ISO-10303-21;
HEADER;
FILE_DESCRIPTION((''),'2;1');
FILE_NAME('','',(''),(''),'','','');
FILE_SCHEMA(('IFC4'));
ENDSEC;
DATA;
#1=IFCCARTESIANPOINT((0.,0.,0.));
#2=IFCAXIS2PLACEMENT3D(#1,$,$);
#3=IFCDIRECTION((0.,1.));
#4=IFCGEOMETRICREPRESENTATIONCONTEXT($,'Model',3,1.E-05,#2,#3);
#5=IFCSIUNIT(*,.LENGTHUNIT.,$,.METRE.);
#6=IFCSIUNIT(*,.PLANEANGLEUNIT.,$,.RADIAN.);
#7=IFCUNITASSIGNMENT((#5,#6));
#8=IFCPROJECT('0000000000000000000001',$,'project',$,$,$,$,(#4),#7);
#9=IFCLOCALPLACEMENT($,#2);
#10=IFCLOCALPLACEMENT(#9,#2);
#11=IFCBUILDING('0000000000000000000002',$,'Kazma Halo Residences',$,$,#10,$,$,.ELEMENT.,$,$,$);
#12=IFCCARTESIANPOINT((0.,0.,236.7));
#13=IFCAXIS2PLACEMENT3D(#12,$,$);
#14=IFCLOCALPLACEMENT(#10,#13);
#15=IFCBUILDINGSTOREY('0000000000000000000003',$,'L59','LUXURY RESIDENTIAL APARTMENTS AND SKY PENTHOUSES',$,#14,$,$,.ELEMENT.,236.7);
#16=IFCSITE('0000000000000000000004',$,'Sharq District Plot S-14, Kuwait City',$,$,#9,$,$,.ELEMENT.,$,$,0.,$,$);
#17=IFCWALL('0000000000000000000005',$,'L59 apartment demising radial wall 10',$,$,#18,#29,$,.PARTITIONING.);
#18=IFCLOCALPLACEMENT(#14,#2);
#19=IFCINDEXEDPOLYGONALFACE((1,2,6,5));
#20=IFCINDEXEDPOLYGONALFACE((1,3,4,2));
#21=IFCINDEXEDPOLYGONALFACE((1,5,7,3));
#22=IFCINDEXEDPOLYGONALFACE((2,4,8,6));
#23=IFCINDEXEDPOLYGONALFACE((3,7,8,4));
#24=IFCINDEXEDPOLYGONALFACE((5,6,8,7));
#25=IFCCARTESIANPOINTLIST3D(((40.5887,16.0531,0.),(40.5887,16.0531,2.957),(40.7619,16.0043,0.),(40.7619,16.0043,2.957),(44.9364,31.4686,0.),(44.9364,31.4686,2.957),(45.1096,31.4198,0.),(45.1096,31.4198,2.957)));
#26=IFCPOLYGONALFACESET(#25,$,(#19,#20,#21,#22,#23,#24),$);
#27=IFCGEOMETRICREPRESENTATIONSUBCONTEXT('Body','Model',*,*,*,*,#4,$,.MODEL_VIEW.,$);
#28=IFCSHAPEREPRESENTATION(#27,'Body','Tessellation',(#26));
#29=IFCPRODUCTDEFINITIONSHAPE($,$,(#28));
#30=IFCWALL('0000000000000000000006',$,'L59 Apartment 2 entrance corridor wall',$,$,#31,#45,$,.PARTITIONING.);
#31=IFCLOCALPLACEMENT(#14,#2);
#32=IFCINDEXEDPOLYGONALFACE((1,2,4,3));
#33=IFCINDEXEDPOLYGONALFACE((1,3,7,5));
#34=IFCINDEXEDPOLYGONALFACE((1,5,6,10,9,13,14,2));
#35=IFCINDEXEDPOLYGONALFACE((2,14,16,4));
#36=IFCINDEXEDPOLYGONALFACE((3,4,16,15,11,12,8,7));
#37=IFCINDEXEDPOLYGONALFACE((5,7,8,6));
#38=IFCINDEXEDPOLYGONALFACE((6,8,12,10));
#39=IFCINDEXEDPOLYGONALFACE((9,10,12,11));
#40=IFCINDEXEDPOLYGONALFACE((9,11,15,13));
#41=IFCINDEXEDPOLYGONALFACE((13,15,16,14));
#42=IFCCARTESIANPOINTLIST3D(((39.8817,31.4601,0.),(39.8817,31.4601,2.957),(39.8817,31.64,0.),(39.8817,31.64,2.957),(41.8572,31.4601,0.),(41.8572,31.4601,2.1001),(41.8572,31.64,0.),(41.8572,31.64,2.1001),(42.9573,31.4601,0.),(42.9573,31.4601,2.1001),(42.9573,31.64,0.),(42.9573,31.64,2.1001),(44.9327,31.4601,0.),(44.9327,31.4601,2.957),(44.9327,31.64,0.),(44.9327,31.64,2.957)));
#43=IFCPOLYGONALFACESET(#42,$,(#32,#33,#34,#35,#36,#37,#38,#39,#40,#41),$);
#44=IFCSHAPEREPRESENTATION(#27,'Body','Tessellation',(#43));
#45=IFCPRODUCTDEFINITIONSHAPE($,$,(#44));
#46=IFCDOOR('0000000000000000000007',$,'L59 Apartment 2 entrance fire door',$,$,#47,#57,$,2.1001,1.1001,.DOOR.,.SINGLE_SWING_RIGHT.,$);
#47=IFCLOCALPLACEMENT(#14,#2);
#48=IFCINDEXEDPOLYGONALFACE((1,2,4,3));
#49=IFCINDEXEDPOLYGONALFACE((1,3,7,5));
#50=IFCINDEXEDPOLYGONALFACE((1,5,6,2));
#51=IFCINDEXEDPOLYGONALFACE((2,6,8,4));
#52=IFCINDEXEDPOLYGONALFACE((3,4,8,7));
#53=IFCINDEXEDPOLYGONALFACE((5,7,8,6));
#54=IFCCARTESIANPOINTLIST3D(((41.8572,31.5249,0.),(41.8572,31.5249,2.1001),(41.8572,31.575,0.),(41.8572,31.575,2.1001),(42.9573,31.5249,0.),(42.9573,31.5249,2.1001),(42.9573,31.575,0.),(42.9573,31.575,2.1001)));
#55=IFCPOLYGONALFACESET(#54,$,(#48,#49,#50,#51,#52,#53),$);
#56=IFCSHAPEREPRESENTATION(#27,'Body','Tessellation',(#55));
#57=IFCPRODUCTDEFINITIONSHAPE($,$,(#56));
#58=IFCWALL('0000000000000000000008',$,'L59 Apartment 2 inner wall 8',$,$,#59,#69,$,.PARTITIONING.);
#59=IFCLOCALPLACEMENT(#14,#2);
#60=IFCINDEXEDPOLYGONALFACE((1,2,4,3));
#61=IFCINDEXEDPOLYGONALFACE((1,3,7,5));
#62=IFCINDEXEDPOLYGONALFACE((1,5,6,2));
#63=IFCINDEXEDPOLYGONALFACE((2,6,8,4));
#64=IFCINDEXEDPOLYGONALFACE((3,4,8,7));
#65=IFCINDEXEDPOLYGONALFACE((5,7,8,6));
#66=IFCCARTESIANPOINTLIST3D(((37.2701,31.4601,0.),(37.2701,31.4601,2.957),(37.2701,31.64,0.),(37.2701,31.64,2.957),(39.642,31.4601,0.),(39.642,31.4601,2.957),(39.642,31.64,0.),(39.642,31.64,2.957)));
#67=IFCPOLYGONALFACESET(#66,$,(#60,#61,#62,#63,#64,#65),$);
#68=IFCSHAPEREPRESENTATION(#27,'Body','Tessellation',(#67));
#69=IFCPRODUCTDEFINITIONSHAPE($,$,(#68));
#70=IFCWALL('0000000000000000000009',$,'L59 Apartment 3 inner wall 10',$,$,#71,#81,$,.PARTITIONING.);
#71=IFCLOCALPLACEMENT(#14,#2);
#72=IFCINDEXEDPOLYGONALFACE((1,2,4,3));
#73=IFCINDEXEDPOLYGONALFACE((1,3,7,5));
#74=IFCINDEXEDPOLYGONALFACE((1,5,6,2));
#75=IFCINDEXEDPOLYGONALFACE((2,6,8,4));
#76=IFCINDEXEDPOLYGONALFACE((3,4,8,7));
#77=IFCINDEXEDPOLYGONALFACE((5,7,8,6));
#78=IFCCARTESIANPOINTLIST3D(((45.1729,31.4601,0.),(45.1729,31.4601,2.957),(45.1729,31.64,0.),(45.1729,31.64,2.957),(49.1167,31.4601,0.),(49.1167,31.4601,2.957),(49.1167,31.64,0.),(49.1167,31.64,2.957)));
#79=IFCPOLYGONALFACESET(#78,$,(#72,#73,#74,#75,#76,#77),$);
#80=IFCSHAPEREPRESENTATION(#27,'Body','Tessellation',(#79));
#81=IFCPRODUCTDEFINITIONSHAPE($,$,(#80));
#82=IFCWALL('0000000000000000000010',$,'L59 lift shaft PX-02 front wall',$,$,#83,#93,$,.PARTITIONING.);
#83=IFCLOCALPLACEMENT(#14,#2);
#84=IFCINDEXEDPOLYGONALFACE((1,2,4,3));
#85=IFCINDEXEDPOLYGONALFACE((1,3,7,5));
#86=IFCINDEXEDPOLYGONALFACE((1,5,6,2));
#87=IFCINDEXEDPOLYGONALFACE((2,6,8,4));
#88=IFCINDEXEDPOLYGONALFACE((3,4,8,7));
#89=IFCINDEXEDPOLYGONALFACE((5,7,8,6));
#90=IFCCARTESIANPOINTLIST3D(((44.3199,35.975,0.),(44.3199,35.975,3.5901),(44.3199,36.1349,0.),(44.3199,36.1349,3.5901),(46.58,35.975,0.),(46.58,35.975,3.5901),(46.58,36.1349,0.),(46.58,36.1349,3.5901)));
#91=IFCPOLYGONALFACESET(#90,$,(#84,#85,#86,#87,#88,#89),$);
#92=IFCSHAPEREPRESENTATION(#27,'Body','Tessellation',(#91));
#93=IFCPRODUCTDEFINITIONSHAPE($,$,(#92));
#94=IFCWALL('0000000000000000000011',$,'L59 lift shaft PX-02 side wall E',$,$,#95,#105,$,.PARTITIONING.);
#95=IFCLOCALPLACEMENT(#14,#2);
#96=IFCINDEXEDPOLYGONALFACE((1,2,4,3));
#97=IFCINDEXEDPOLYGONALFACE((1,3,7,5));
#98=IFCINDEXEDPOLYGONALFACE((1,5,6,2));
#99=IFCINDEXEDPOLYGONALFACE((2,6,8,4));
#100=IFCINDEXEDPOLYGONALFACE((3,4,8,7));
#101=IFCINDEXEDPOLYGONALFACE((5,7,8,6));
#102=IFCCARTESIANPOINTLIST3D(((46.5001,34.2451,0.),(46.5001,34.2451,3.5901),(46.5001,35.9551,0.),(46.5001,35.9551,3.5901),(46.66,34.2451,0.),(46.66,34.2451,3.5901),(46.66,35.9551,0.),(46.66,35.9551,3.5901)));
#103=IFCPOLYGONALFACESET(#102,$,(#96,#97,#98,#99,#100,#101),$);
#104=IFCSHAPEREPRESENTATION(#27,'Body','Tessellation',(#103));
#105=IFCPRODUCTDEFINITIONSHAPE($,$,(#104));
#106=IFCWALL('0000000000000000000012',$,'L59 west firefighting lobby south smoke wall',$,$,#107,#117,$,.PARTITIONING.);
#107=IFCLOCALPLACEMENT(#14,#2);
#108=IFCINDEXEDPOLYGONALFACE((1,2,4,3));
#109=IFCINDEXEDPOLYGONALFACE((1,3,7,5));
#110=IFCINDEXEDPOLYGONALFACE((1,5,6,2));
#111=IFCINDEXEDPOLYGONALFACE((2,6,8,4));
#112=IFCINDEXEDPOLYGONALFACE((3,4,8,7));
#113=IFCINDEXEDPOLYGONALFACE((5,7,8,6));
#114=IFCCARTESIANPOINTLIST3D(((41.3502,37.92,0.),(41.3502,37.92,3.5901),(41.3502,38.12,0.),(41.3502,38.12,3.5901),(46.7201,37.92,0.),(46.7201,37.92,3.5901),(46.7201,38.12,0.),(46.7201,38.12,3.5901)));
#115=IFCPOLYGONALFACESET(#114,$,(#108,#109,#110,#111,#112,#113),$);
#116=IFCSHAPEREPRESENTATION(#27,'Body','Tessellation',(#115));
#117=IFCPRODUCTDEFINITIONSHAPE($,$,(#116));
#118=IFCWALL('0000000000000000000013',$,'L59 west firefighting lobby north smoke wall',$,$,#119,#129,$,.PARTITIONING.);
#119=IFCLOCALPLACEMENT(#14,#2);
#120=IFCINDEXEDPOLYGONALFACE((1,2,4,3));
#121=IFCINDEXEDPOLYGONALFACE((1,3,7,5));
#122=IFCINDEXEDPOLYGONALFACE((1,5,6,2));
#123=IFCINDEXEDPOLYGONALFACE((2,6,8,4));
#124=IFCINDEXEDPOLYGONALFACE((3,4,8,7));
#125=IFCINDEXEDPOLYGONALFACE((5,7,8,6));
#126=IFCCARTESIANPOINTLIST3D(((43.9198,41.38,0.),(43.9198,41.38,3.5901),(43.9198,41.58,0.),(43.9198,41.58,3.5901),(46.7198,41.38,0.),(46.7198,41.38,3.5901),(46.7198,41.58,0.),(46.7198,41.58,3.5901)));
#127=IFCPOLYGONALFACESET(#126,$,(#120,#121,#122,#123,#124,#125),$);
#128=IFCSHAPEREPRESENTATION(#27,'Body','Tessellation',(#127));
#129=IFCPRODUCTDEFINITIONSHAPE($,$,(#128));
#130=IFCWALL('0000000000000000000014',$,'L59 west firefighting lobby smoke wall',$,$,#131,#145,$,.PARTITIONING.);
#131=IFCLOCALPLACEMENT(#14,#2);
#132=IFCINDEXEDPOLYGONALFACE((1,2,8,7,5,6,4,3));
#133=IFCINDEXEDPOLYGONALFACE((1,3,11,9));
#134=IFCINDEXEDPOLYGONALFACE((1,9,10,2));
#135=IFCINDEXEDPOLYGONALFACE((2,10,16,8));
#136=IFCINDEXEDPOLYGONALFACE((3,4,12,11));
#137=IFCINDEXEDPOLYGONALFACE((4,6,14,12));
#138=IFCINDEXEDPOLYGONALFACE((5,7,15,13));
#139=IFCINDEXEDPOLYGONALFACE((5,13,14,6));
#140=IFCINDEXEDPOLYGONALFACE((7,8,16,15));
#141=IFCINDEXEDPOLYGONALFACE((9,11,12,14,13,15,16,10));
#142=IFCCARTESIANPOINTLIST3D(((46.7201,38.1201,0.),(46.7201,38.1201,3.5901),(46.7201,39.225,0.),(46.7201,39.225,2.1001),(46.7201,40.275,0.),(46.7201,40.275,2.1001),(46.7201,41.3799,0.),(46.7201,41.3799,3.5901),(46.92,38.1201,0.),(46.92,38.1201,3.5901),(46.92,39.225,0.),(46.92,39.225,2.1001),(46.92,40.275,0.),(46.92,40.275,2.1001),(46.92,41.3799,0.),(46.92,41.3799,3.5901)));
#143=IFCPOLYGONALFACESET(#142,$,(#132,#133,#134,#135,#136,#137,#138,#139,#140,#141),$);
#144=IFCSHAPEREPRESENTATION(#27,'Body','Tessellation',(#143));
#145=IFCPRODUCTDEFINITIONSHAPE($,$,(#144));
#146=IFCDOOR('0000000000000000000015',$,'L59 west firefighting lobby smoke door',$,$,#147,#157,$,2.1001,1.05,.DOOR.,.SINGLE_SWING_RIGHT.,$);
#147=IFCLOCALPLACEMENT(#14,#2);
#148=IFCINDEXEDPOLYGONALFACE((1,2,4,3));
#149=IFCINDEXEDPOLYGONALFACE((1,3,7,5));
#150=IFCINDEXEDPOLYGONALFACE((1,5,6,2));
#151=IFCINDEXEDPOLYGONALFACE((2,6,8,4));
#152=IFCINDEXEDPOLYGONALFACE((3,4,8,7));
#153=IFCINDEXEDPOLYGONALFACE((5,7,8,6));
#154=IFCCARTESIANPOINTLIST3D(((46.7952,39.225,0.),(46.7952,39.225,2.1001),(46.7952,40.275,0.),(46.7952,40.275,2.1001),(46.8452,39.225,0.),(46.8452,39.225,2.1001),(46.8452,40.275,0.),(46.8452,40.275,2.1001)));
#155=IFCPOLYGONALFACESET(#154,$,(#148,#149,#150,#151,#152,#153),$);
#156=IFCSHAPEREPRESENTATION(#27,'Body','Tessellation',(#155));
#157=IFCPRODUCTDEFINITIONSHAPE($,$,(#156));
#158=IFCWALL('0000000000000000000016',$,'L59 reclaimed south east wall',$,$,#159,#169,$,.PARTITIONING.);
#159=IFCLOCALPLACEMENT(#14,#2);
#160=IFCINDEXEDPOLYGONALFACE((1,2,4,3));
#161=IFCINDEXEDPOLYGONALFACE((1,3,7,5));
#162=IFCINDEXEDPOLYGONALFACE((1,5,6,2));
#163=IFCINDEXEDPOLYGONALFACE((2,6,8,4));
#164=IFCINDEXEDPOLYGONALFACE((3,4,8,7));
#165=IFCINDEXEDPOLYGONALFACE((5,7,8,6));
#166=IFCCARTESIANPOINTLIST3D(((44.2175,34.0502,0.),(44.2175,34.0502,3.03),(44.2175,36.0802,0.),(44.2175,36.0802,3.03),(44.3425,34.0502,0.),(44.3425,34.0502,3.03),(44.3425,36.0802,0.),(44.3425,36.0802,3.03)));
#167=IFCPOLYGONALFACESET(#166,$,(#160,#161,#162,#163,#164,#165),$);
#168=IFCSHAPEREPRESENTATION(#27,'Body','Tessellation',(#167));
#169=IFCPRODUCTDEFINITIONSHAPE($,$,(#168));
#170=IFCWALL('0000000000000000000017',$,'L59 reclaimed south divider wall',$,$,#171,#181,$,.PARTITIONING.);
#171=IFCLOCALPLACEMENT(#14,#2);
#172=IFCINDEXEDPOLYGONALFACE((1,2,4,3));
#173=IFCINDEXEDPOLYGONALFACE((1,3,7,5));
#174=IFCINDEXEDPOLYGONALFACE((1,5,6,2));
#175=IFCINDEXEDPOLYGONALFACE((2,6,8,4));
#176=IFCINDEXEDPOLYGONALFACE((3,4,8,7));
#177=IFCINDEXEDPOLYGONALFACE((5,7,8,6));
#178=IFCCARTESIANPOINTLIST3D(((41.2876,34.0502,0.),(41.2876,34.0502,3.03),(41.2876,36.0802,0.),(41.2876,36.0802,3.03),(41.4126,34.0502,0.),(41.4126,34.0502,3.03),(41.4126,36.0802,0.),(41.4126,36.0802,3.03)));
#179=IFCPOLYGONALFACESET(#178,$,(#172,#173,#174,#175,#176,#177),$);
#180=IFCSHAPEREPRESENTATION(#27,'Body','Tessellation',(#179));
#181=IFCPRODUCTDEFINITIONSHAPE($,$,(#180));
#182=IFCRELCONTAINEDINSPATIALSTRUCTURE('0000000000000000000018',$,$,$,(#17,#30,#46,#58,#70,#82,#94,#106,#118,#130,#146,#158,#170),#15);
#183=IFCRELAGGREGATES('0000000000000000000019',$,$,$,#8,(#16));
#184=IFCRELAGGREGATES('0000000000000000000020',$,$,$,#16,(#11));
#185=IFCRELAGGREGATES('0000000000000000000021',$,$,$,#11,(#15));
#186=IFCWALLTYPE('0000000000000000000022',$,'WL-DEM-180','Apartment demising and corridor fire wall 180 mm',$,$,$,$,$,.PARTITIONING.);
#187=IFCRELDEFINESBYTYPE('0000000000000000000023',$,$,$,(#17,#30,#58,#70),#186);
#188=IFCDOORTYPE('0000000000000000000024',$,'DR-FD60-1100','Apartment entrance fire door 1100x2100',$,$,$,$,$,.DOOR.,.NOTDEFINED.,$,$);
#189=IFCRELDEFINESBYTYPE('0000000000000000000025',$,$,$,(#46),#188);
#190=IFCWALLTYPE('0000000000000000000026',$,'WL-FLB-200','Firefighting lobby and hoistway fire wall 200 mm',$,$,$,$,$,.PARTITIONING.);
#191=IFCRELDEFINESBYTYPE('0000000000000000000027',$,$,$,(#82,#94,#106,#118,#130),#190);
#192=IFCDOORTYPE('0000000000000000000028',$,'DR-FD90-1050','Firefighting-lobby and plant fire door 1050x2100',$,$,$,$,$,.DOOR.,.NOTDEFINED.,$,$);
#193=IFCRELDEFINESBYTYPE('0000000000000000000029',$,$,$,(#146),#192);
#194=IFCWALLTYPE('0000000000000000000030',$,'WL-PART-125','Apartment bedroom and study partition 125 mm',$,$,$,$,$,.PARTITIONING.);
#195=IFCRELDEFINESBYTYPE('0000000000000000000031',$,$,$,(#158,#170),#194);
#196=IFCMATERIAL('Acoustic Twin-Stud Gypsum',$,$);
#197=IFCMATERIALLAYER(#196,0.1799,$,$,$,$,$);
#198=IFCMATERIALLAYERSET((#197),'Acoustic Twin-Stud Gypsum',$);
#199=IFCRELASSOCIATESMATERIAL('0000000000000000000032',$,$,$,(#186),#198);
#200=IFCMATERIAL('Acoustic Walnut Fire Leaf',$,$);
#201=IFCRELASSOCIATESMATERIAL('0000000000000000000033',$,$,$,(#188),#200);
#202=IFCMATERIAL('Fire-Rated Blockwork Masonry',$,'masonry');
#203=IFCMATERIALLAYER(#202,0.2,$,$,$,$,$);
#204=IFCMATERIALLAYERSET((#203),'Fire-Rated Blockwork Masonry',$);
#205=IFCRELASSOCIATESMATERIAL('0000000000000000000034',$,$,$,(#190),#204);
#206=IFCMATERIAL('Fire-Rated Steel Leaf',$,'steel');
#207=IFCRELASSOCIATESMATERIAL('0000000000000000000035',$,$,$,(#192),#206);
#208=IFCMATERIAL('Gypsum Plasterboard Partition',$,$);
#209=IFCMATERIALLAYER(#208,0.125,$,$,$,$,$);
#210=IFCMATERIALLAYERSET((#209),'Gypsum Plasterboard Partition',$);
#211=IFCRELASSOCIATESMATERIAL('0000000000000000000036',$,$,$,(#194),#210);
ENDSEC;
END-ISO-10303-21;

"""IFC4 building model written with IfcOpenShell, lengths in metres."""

from ifc_helpers import new_model, si_unit, direction, frame, frame_2d, origin, place, context, subcontext, project, spatial, rectangle, extrude, material, layer, layer_set, type_object, element, fill, save


model = new_model("IFC4")

# Units and contexts
model_context = context("Model", 3, precision=1e-05, world=origin(), true_north=direction((0.0, 1.0)))
body_context = subcontext(model_context, "Body", "Model", "MODEL_VIEW")
ifc_project = project(units=[si_unit("LENGTHUNIT", "METRE"), si_unit("PLANEANGLEUNIT", "RADIAN")], contexts=[model_context])

# Site, building, storey
site_placement = place(None, origin())
site = spatial("IfcSite", under=ifc_project, at=site_placement, Name="Sharq District Plot S-14, Kuwait City", CompositionType="ELEMENT", RefElevation=0.0)
building_placement = place(site_placement, origin())
building = spatial("IfcBuilding", under=site, at=building_placement, Name="Kazma Halo Residences", CompositionType="ELEMENT")
storey_placement = place(building_placement, frame((0.0, 0.0, 236.7)))
storey = spatial("IfcBuildingStorey", under=building, at=storey_placement, Name="L59", Description="LUXURY RESIDENTIAL APARTMENTS AND SKY PENTHOUSES", CompositionType="ELEMENT", Elevation=236.7)

# Wall
ifc_material_1 = material(Name="Acoustic Twin-Stud Gypsum")
ifc_layer_1 = layer(ifc_material_1, 0.1799)
ifc_layer_set_1 = layer_set([ifc_layer_1], Name="Acoustic Twin-Stud Gypsum")
wall_type_1 = type_object("IfcWallType", Name="WL-DEM-180", Description="Apartment demising and corridor fire wall 180 mm", PredefinedType="PARTITIONING", material=ifc_layer_set_1)
wall_1_placement = place(storey_placement, frame((45.0229, 31.4441, 0.0), z_axis=(0.0, 0.0, 1.0), x_axis=(-0.271442, -0.962455, 0.0)))
element("IfcWall", 1, at=wall_1_placement, inside=storey, type_object=wall_type_1, Name="L59 apartment demising radial wall 10", PredefinedType="PARTITIONING", context=body_context, shape_type="SweptSolid", body=[
    extrude(rectangle(XDim=16.0168, YDim=0.1799, at=frame_2d((8.0083, 0.0))), origin(), (0.0, 0.0, 1.0), 2.957),
])

# Wall, opening, door
wall_2_placement = place(storey_placement, frame((39.8818, 31.55, 0.0), z_axis=(0.0, 0.0, 1.0), x_axis=(1.0, 0.0, 0.0)))
wall_2 = element("IfcWall", 2, at=wall_2_placement, inside=storey, type_object=wall_type_1, Name="L59 Apartment 2 entrance corridor wall", PredefinedType="PARTITIONING", context=body_context, shape_type="SweptSolid", body=[
    extrude(rectangle(XDim=5.051, YDim=0.1799, at=frame_2d((2.5254, 0.0))), origin(), (0.0, 0.0, 1.0), 2.957),
])
opening_1_placement = place(wall_2_placement, frame((1.9753, 0.0, 0.0)))
opening_1 = element("IfcOpeningElement", 3, at=opening_1_placement, cuts=wall_2, PredefinedType="OPENING", context=body_context, shape_type="SweptSolid", body=[
    extrude(rectangle(XDim=1.1001, YDim=2.1001, at=frame_2d((0.55, 1.05))), frame((0.0, 0.0999, 0.0), z_axis=(0.0, -1.0, 0.0), x_axis=(1.0, 0.0, 0.0)), (0.0, 0.0, 1.0), 0.2),
])
ifc_material_2 = material(Name="Acoustic Walnut Fire Leaf")
door_type_1 = type_object("IfcDoorType", Name="DR-FD60-1100", Description="Apartment entrance fire door 1100x2100", OperationType="NOTDEFINED", PredefinedType="DOOR", material=ifc_material_2)
door_1_placement = place(opening_1_placement, origin())
door_1 = element("IfcDoor", 4, at=door_1_placement, inside=storey, type_object=door_type_1, Name="L59 Apartment 2 entrance fire door", OperationType="SINGLE_SWING_RIGHT", OverallHeight=2.1001, OverallWidth=1.1001, PredefinedType="DOOR", context=body_context, shape_type="SweptSolid", body=[
    extrude(rectangle(XDim=1.1001, YDim=2.1001, at=frame_2d((0.55, 1.05))), frame((0.0, 0.0249, 0.0), z_axis=(0.0, -1.0, 0.0), x_axis=(1.0, 0.0, 0.0)), (0.0, 0.0, 1.0), 0.05),
])
fill(opening_1, door_1)

# Walls
wall_3_placement = place(storey_placement, frame((37.27, 31.55, 0.0), z_axis=(0.0, 0.0, 1.0), x_axis=(1.0, 0.0, 0.0)))
element("IfcWall", 5, at=wall_3_placement, inside=storey, type_object=wall_type_1, Name="L59 Apartment 2 inner wall 8", PredefinedType="PARTITIONING", context=body_context, shape_type="SweptSolid", body=[
    extrude(rectangle(XDim=2.3718, YDim=0.1799, at=frame_2d((1.186, 0.0))), origin(), (0.0, 0.0, 1.0), 2.957),
])
wall_4_placement = place(storey_placement, frame((45.1729, 31.55, 0.0), z_axis=(0.0, 0.0, 1.0), x_axis=(1.0, 0.0, 0.0)))
element("IfcWall", 6, at=wall_4_placement, inside=storey, type_object=wall_type_1, Name="L59 Apartment 3 inner wall 10", PredefinedType="PARTITIONING", context=body_context, shape_type="SweptSolid", body=[
    extrude(rectangle(XDim=3.9438, YDim=0.1799, at=frame_2d((1.9719, 0.0))), origin(), (0.0, 0.0, 1.0), 2.957),
])
ifc_material_3 = material(Name="Fire-Rated Blockwork Masonry", Category="masonry")
ifc_layer_2 = layer(ifc_material_3, 0.2)
ifc_layer_set_2 = layer_set([ifc_layer_2], Name="Fire-Rated Blockwork Masonry")
wall_type_2 = type_object("IfcWallType", Name="WL-FLB-200", Description="Firefighting lobby and hoistway fire wall 200 mm", PredefinedType="PARTITIONING", material=ifc_layer_set_2)
wall_5_placement = place(storey_placement, frame((44.3201, 36.0549, 0.0), z_axis=(0.0, 0.0, 1.0), x_axis=(1.0, 0.0, 0.0)))
element("IfcWall", 7, at=wall_5_placement, inside=storey, type_object=wall_type_2, Name="L59 lift shaft PX-02 front wall", PredefinedType="PARTITIONING", context=body_context, shape_type="SweptSolid", body=[
    extrude(rectangle(XDim=2.26, YDim=0.1599, at=frame_2d((1.1299, 0.0))), origin(), (0.0, 0.0, 1.0), 3.5901),
])
wall_6_placement = place(storey_placement, frame((46.5801, 34.2451, 0.0), z_axis=(0.0, 0.0, 1.0), x_axis=(0.0, 1.0, 0.0)))
element("IfcWall", 8, at=wall_6_placement, inside=storey, type_object=wall_type_2, Name="L59 lift shaft PX-02 side wall E", PredefinedType="PARTITIONING", context=body_context, shape_type="SweptSolid", body=[
    extrude(rectangle(XDim=1.71, YDim=0.1599, at=frame_2d((0.855, 0.0))), origin(), (0.0, 0.0, 1.0), 3.5901),
])
wall_7_placement = place(storey_placement, frame((41.3501, 38.02, 0.0), z_axis=(0.0, 0.0, 1.0), x_axis=(1.0, 0.0, 0.0)))
element("IfcWall", 9, at=wall_7_placement, inside=storey, type_object=wall_type_2, Name="L59 west firefighting lobby south smoke wall", PredefinedType="PARTITIONING", context=body_context, shape_type="SweptSolid", body=[
    extrude(rectangle(XDim=5.3699, YDim=0.2, at=frame_2d((2.6851, 0.0))), origin(), (0.0, 0.0, 1.0), 3.5901),
])
wall_8_placement = place(storey_placement, frame((43.9199, 41.48, 0.0), z_axis=(0.0, 0.0, 1.0), x_axis=(1.0, 0.0, 0.0)))
element("IfcWall", 10, at=wall_8_placement, inside=storey, type_object=wall_type_2, Name="L59 west firefighting lobby north smoke wall", PredefinedType="PARTITIONING", context=body_context, shape_type="SweptSolid", body=[
    extrude(rectangle(XDim=2.8, YDim=0.2, at=frame_2d((1.3999, 0.0))), origin(), (0.0, 0.0, 1.0), 3.5901),
])

# Wall, opening, door
wall_9_placement = place(storey_placement, frame((46.8201, 38.1201, 0.0), z_axis=(0.0, 0.0, 1.0), x_axis=(0.0, 1.0, 0.0)))
wall_9 = element("IfcWall", 11, at=wall_9_placement, inside=storey, type_object=wall_type_2, Name="L59 west firefighting lobby smoke wall", PredefinedType="PARTITIONING", context=body_context, shape_type="SweptSolid", body=[
    extrude(rectangle(XDim=3.2598, YDim=0.2, at=frame_2d((1.6299, 0.0))), origin(), (0.0, 0.0, 1.0), 3.5901),
])
opening_2_placement = place(wall_9_placement, frame((1.105, 0.0, 0.0)))
opening_2 = element("IfcOpeningElement", 12, at=opening_2_placement, cuts=wall_9, PredefinedType="OPENING", context=body_context, shape_type="SweptSolid", body=[
    extrude(rectangle(XDim=1.05, YDim=2.1001, at=frame_2d((0.5249, 1.05))), frame((0.0, 0.1099, 0.0), z_axis=(0.0, -1.0, 0.0), x_axis=(1.0, 0.0, 0.0)), (0.0, 0.0, 1.0), 0.22),
])
ifc_material_4 = material(Name="Fire-Rated Steel Leaf", Category="steel")
door_type_2 = type_object("IfcDoorType", Name="DR-FD90-1050", Description="Firefighting-lobby and plant fire door 1050x2100", OperationType="NOTDEFINED", PredefinedType="DOOR", material=ifc_material_4)
door_2_placement = place(opening_2_placement, origin())
door_2 = element("IfcDoor", 13, at=door_2_placement, inside=storey, type_object=door_type_2, Name="L59 west firefighting lobby smoke door", OperationType="SINGLE_SWING_RIGHT", OverallHeight=2.1001, OverallWidth=1.05, PredefinedType="DOOR", context=body_context, shape_type="SweptSolid", body=[
    extrude(rectangle(XDim=1.05, YDim=2.1001, at=frame_2d((0.5249, 1.05))), frame((0.0, 0.0249, 0.0), z_axis=(0.0, -1.0, 0.0), x_axis=(1.0, 0.0, 0.0)), (0.0, 0.0, 1.0), 0.05),
])
fill(opening_2, door_2)

# Walls
ifc_material_5 = material(Name="Gypsum Plasterboard Partition")
ifc_layer_3 = layer(ifc_material_5, 0.125)
ifc_layer_set_3 = layer_set([ifc_layer_3], Name="Gypsum Plasterboard Partition")
wall_type_3 = type_object("IfcWallType", Name="WL-PART-125", Description="Apartment bedroom and study partition 125 mm", PredefinedType="PARTITIONING", material=ifc_layer_set_3)
for number, where, z_axis, x_axis, name in (
    (14, (44.28, 34.05, 0.0), (0.0, 0.0, 1.0), (0.0, 1.0, 0.0), "L59 reclaimed south east wall"),
    (15, (41.3501, 34.05, 0.0), (0.0, 0.0, 1.0), (0.0, 1.0, 0.0), "L59 reclaimed south divider wall"),
):
    element("IfcWall", number, at=place(storey_placement, frame(where, z_axis=z_axis, x_axis=x_axis)), inside=storey, type_object=wall_type_3, Name=name, PredefinedType="PARTITIONING", context=body_context, shape_type="SweptSolid", body=[
        extrude(rectangle(XDim=2.03, YDim=0.125, at=frame_2d((1.0151, 0.0))), origin(), (0.0, 0.0, 1.0), 3.03),
    ])

save(model, "model.ifc")
